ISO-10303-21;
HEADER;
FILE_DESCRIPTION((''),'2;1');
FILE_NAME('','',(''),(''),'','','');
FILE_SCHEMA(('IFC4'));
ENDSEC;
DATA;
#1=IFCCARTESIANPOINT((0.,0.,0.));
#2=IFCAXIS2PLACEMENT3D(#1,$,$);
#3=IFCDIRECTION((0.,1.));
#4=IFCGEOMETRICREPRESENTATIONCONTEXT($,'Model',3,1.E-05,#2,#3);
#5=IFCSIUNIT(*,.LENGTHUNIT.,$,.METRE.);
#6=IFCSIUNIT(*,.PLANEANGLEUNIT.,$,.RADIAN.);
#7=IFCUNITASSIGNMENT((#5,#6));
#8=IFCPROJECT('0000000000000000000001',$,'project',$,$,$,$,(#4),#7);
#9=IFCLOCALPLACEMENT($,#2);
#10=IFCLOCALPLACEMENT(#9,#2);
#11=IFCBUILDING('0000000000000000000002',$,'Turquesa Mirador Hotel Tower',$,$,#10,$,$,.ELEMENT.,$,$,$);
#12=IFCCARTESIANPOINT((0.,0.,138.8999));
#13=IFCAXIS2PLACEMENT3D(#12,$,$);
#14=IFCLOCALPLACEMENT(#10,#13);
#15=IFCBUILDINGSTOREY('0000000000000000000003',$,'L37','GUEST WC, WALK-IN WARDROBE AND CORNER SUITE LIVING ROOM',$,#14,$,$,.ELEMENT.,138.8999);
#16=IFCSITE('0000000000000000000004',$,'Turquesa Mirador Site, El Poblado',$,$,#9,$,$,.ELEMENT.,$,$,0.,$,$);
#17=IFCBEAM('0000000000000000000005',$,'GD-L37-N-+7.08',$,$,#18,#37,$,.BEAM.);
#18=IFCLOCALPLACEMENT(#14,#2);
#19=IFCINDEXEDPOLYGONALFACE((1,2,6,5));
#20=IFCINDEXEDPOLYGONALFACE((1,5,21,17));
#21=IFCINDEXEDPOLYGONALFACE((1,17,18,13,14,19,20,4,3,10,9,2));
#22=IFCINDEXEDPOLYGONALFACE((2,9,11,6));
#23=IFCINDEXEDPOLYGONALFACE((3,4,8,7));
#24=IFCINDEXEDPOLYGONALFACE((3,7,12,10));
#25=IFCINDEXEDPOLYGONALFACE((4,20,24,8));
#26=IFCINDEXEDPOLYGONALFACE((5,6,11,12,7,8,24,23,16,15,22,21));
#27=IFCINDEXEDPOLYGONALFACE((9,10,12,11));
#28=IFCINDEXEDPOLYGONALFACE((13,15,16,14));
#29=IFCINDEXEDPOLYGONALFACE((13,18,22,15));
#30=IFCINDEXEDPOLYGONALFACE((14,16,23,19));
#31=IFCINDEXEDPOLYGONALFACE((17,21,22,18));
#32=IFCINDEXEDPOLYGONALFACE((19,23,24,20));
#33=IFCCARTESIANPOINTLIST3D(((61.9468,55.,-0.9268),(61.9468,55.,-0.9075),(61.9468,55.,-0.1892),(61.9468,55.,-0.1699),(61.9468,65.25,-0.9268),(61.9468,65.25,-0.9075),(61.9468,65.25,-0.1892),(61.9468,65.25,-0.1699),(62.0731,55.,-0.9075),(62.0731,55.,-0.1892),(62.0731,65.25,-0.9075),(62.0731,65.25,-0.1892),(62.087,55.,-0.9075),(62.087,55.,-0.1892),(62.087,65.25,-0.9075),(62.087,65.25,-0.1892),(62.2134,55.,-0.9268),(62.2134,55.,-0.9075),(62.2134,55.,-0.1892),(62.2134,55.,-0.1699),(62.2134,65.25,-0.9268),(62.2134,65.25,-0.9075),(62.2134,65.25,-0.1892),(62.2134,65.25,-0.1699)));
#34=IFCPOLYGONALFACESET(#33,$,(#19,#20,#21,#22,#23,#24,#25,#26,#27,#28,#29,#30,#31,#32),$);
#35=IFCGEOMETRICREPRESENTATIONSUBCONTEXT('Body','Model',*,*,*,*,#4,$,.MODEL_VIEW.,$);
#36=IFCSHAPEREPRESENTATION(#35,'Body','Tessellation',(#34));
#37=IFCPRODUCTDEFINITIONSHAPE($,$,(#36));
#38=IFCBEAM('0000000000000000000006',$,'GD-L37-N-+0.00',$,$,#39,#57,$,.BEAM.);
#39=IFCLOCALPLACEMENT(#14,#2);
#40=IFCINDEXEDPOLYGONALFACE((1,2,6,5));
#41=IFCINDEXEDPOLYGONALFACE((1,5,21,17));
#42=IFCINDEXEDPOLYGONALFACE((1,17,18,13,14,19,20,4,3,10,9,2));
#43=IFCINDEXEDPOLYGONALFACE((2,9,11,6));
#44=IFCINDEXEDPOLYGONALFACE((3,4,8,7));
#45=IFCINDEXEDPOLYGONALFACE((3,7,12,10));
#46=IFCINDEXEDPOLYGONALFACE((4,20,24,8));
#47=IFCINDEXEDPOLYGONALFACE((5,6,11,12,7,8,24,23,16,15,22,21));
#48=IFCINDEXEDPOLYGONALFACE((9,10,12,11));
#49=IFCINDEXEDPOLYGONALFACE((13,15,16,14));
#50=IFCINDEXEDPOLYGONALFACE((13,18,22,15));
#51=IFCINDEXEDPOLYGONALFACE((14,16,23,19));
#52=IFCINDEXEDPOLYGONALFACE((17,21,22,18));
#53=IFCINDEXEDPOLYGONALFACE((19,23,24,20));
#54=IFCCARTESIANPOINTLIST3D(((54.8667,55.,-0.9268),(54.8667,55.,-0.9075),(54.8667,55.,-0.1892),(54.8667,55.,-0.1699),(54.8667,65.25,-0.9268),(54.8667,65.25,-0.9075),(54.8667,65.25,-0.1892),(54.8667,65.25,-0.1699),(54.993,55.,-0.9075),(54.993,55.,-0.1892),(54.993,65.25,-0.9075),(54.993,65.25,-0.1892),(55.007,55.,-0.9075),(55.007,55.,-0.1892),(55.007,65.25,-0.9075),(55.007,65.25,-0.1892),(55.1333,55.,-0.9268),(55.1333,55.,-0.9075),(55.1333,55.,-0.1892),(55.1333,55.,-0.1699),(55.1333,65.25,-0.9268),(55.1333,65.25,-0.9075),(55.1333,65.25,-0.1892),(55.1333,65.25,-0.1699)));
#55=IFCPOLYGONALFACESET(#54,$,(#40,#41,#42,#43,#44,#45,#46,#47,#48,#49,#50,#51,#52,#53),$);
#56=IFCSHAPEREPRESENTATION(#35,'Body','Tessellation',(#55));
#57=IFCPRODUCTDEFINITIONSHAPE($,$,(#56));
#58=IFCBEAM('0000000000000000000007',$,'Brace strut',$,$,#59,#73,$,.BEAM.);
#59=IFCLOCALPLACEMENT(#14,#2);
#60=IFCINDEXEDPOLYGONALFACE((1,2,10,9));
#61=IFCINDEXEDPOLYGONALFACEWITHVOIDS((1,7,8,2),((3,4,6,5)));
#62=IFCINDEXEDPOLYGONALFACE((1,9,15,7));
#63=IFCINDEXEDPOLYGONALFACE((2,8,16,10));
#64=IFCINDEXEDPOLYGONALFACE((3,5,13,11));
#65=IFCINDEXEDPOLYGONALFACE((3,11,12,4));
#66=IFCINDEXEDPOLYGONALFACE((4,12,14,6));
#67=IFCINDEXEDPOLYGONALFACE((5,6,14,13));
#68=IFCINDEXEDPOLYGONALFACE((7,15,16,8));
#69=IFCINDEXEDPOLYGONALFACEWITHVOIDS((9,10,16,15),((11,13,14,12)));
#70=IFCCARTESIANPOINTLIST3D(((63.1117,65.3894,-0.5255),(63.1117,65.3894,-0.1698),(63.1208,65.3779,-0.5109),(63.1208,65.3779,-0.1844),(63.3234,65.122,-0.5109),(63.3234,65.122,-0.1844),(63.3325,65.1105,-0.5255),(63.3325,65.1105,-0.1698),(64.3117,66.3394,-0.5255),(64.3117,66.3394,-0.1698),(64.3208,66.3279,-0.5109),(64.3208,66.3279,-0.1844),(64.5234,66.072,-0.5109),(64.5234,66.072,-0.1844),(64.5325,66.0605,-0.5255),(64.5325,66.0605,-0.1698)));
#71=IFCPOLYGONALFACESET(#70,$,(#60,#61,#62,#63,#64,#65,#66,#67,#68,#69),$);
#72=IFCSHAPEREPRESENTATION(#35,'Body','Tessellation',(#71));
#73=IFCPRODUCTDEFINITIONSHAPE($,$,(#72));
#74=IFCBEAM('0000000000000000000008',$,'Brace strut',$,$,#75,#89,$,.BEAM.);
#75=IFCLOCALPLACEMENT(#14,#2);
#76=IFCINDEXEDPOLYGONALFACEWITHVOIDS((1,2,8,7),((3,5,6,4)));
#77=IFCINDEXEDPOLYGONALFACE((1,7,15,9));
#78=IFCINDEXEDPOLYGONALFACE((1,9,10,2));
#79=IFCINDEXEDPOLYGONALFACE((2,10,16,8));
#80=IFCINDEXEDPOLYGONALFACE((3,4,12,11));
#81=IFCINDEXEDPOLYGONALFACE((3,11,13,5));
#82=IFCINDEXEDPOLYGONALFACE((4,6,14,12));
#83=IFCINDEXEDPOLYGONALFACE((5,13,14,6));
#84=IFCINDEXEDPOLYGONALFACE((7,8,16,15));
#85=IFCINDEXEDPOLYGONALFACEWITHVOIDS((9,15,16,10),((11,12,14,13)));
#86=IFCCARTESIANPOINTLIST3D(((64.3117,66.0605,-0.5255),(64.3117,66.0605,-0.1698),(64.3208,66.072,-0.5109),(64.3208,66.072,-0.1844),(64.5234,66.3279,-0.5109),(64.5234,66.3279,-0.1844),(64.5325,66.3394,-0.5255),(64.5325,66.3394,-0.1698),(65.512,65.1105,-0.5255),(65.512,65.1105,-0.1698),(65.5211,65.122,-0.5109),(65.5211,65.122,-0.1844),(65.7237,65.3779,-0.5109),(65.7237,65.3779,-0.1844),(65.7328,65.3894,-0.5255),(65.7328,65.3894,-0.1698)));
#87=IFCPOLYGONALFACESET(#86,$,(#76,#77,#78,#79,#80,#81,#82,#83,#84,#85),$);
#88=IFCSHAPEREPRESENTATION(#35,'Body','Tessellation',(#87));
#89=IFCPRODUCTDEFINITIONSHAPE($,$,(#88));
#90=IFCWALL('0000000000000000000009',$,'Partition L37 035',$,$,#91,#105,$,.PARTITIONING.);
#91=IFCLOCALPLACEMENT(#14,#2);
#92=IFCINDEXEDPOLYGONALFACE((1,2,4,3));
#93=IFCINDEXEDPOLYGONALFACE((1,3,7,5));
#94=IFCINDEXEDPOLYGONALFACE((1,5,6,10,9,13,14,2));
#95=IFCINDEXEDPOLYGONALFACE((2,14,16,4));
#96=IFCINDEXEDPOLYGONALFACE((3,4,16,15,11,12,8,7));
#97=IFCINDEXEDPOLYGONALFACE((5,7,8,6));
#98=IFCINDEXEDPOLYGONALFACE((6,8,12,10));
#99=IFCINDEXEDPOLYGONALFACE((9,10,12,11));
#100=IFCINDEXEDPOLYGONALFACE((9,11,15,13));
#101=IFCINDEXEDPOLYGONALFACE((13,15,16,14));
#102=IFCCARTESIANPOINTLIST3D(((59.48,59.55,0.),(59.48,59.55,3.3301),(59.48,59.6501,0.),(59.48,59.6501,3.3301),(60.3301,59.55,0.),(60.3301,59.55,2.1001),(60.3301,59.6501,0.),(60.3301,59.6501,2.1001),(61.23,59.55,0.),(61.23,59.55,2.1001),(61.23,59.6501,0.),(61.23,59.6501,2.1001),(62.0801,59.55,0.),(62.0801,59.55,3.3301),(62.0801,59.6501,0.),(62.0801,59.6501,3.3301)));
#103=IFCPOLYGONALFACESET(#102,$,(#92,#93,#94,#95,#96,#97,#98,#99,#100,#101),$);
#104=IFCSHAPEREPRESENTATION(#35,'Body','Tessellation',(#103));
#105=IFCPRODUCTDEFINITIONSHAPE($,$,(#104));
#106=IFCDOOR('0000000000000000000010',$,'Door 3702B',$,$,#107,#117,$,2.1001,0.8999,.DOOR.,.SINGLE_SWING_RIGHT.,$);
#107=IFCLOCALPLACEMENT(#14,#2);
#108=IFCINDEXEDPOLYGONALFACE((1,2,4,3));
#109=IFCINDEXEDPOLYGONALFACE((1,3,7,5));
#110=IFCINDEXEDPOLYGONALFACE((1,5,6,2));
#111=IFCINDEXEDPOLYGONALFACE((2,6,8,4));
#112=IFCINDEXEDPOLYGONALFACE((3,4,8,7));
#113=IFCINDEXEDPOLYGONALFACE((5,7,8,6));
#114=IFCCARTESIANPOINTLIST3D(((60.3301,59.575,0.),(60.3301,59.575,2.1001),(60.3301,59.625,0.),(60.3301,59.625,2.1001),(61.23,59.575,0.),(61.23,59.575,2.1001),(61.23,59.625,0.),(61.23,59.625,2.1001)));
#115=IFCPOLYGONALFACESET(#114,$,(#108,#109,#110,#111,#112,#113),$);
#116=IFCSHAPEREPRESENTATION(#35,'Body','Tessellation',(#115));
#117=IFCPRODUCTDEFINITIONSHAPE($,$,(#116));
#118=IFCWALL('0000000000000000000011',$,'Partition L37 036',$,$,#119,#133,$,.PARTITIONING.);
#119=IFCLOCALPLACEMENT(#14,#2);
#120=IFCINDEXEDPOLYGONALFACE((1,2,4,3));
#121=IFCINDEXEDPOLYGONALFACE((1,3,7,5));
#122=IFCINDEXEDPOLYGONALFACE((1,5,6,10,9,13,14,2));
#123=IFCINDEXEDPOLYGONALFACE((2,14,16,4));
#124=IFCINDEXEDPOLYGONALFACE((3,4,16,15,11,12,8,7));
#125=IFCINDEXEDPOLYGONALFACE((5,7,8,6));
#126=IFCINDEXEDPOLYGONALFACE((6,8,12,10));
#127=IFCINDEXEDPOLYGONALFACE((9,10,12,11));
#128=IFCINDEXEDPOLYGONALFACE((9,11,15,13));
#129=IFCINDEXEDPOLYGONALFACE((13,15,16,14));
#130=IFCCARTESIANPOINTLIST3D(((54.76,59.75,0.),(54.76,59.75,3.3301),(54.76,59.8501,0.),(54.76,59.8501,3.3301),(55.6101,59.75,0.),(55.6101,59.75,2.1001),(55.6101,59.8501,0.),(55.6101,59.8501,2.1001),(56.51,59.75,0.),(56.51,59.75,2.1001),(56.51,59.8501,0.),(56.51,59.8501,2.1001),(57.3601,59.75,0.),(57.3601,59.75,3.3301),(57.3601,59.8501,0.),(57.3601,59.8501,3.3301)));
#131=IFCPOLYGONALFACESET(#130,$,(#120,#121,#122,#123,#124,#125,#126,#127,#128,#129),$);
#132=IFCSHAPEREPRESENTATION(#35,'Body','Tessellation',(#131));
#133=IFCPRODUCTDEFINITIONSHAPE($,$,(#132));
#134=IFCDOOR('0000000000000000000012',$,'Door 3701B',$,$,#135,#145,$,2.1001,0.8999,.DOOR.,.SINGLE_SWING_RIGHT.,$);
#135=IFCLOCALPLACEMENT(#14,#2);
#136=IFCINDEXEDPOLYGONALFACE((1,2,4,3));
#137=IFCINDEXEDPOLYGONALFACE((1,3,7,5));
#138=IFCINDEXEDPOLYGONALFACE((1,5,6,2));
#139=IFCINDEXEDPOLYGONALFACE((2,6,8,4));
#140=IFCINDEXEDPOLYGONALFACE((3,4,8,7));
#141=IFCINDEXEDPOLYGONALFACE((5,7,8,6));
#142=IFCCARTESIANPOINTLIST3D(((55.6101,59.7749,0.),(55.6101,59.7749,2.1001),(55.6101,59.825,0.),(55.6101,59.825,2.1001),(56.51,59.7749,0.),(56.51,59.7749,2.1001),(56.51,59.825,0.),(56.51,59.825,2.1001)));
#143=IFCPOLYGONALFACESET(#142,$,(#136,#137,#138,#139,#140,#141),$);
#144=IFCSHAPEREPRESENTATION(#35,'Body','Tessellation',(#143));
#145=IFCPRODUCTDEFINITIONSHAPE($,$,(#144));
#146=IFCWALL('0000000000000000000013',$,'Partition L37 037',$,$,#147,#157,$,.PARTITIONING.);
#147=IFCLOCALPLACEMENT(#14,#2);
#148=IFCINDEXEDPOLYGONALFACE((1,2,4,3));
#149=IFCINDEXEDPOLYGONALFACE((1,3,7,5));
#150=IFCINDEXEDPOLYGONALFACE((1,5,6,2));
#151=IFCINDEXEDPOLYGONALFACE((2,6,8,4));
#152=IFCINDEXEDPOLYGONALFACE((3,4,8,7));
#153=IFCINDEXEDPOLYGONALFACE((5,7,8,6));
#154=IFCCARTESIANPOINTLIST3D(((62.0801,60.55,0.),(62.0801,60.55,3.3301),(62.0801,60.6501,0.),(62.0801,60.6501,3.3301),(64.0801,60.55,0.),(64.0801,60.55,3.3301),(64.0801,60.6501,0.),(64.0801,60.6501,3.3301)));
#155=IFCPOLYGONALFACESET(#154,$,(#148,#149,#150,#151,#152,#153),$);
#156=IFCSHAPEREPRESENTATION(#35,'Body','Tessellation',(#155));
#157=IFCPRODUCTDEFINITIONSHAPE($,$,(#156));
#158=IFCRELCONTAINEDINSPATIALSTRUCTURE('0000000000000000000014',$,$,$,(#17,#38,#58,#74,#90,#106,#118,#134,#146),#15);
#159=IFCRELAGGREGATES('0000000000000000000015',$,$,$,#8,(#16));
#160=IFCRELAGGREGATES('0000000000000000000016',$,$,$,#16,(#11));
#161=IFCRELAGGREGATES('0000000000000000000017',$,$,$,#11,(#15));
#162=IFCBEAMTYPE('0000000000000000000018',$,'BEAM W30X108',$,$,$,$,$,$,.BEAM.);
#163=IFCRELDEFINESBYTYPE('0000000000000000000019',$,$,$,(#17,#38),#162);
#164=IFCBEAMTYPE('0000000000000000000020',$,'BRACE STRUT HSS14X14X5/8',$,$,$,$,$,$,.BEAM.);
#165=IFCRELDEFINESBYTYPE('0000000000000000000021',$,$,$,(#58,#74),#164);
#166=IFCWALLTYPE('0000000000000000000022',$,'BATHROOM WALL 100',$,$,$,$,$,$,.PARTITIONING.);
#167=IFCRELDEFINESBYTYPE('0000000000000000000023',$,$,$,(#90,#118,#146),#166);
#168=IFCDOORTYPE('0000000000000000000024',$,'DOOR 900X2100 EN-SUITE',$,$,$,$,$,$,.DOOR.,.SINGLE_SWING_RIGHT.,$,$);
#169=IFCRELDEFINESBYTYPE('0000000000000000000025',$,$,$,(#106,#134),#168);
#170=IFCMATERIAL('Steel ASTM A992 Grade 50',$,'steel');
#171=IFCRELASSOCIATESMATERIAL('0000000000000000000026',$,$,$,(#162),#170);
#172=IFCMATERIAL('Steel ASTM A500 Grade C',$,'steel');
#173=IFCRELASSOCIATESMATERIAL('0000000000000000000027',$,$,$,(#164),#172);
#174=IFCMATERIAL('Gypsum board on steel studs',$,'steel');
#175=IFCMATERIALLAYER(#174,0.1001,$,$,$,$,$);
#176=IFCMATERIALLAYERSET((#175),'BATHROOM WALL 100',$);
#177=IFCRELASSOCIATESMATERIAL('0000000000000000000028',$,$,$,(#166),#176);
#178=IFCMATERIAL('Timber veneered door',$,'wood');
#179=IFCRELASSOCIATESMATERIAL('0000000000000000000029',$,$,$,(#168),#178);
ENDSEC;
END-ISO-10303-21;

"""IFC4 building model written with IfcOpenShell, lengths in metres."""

from ifc_helpers import new_model, si_unit, direction, frame, frame_2d, origin, origin_2d, place, context, subcontext, project, spatial, rectangle, hollow_rectangle, i_section, extrude, material, layer, layer_set, material_profile, profile_set, type_object, element, fill, save


model = new_model("IFC4")

# Units and contexts
model_context = context("Model", 3, precision=1e-05, world=origin(), true_north=direction((0.0, 1.0)))
body_context = subcontext(model_context, "Body", "Model", "MODEL_VIEW")
ifc_project = project(units=[si_unit("LENGTHUNIT", "METRE"), si_unit("PLANEANGLEUNIT", "RADIAN")], contexts=[model_context])

# Site, building, storey
site_placement = place(None, origin())
site = spatial("IfcSite", under=ifc_project, at=site_placement, Name="Turquesa Mirador Site, El Poblado", CompositionType="ELEMENT", RefElevation=0.0)
building_placement = place(site_placement, origin())
building = spatial("IfcBuilding", under=site, at=building_placement, Name="Turquesa Mirador Hotel Tower", CompositionType="ELEMENT")
storey_placement = place(building_placement, frame((0.0, 0.0, 138.8999)))
storey = spatial("IfcBuildingStorey", under=building, at=storey_placement, Name="L37", Description="GUEST WC, WALK-IN WARDROBE AND CORNER SUITE LIVING ROOM", CompositionType="ELEMENT", Elevation=138.8999)

# Beams
ifc_material_1 = material(Name="Steel ASTM A992 Grade 50", Category="steel")
ifc_material_profile_1 = material_profile(ifc_material_1, i_section(OverallWidth=0.2666, OverallDepth=0.7568, WebThickness=0.0139, FlangeThickness=0.0193, at=origin_2d()), Name="W30X108")
ifc_profile_set_1 = profile_set([ifc_material_profile_1], Name="Steel ASTM A992 Grade 50")
beam_type_1 = type_object("IfcBeamType", Name="BEAM W30X108", PredefinedType="BEAM", material=ifc_profile_set_1)
for number, where, z_axis, x_axis, name in (
    (1, (62.0801, 65.25, -0.5483), (0.0, -1.0, 0.0), (1.0, 0.0, 0.0), "GD-L37-N-+7.08"),
    (2, (55.0, 65.25, -0.5483), (0.0, -1.0, 0.0), (1.0, 0.0, 0.0), "GD-L37-N-+0.00"),
):
    element("IfcBeam", number, at=place(storey_placement, frame(where, z_axis=z_axis, x_axis=x_axis)), inside=storey, type_object=beam_type_1, Name=name, PredefinedType="BEAM", context=body_context, shape_type="SweptSolid", body=[
        extrude(i_section(OverallWidth=0.2666, OverallDepth=0.7568, WebThickness=0.0139, FlangeThickness=0.0193, at=origin_2d()), origin(), (0.0, 0.0, 1.0), 10.25),
    ])
ifc_material_2 = material(Name="Steel ASTM A500 Grade C", Category="steel")
ifc_material_profile_2 = material_profile(ifc_material_2, hollow_rectangle(XDim=0.3557, YDim=0.3557, WallThickness=0.0146, at=origin_2d()), Name="HSS14X14X5/8")
ifc_profile_set_2 = profile_set([ifc_material_profile_2], Name="Steel ASTM A500 Grade C")
beam_type_2 = type_object("IfcBeamType", Name="BRACE STRUT HSS14X14X5/8", PredefinedType="BEAM", material=ifc_profile_set_2)
beam_1_placement = place(storey_placement, frame((64.4221, 66.2, -0.3477), z_axis=(-0.784049, -0.620699, 0.0), x_axis=(0.620699, -0.784049, 0.0)))
element("IfcBeam", 3, at=beam_1_placement, inside=storey, type_object=beam_type_2, Name="Brace strut", PredefinedType="BEAM", context=body_context, shape_type="SweptSolid", body=[
    extrude(hollow_rectangle(XDim=0.3557, YDim=0.3557, WallThickness=0.0146, at=origin_2d()), origin(), (0.0, 0.0, 1.0), 1.5305),
])
beam_2_placement = place(storey_placement, frame((64.4221, 66.2, -0.3477), z_axis=(0.784111, -0.620621, 0.0), x_axis=(0.620621, 0.784111, 0.0)))
element("IfcBeam", 4, at=beam_2_placement, inside=storey, type_object=beam_type_2, Name="Brace strut", PredefinedType="BEAM", context=body_context, shape_type="SweptSolid", body=[
    extrude(hollow_rectangle(XDim=0.3557, YDim=0.3557, WallThickness=0.0146, at=origin_2d()), origin(), (0.0, 0.0, 1.0), 1.5308),
])

# Walls, openings, doors
ifc_material_3 = material(Name="Gypsum board on steel studs", Category="steel")
ifc_layer_1 = layer(ifc_material_3, 0.1001)
ifc_layer_set_1 = layer_set([ifc_layer_1], Name="BATHROOM WALL 100")
wall_type_1 = type_object("IfcWallType", Name="BATHROOM WALL 100", PredefinedType="PARTITIONING", material=ifc_layer_set_1)
wall_1_placement = place(storey_placement, frame((59.48, 59.6001, 0.0), z_axis=(0.0, 0.0, 1.0), x_axis=(1.0, 0.0, 0.0)))
wall_1 = element("IfcWall", 5, at=wall_1_placement, inside=storey, type_object=wall_type_1, Name="Partition L37 035", PredefinedType="PARTITIONING", context=body_context, shape_type="SweptSolid", body=[
    extrude(rectangle(XDim=2.6001, YDim=0.1001, at=frame_2d((1.3, 0.0))), origin(), (0.0, 0.0, 1.0), 3.3301),
])
opening_1_placement = place(wall_1_placement, frame((0.8501, 0.0, 0.0)))
opening_1 = element("IfcOpeningElement", 6, at=opening_1_placement, cuts=wall_1, PredefinedType="OPENING", context=body_context, shape_type="SweptSolid", body=[
    extrude(rectangle(XDim=0.8999, YDim=2.1001, at=frame_2d((0.45, 1.05))), frame((0.0, 0.0601, 0.0), z_axis=(0.0, -1.0, 0.0), x_axis=(1.0, 0.0, 0.0)), (0.0, 0.0, 1.0), 0.1201),
])
ifc_material_4 = material(Name="Timber veneered door", Category="wood")
door_type_1 = type_object("IfcDoorType", Name="DOOR 900X2100 EN-SUITE", OperationType="SINGLE_SWING_RIGHT", PredefinedType="DOOR", material=ifc_material_4)
door_1_placement = place(opening_1_placement, origin())
door_1 = element("IfcDoor", 7, at=door_1_placement, inside=storey, type_object=door_type_1, Name="Door 3702B", OperationType="SINGLE_SWING_RIGHT", OverallHeight=2.1001, OverallWidth=0.8999, PredefinedType="DOOR", context=body_context, shape_type="SweptSolid", body=[
    extrude(rectangle(XDim=0.8999, YDim=2.1001, at=frame_2d((0.45, 1.05))), frame((0.0, 0.0249, 0.0), z_axis=(0.0, -1.0, 0.0), x_axis=(1.0, 0.0, 0.0)), (0.0, 0.0, 1.0), 0.05),
])
fill(opening_1, door_1)
wall_2_placement = place(storey_placement, frame((54.76, 59.8, 0.0), z_axis=(0.0, 0.0, 1.0), x_axis=(1.0, 0.0, 0.0)))
wall_2 = element("IfcWall", 8, at=wall_2_placement, inside=storey, type_object=wall_type_1, Name="Partition L37 036", PredefinedType="PARTITIONING", context=body_context, shape_type="SweptSolid", body=[
    extrude(rectangle(XDim=2.6001, YDim=0.1001, at=frame_2d((1.3, 0.0))), origin(), (0.0, 0.0, 1.0), 3.3301),
])
opening_2_placement = place(wall_2_placement, frame((0.8501, 0.0, 0.0)))
opening_2 = element("IfcOpeningElement", 9, at=opening_2_placement, cuts=wall_2, PredefinedType="OPENING", context=body_context, shape_type="SweptSolid", body=[
    extrude(rectangle(XDim=0.8999, YDim=2.1001, at=frame_2d((0.45, 1.05))), frame((0.0, 0.0601, 0.0), z_axis=(0.0, -1.0, 0.0), x_axis=(1.0, 0.0, 0.0)), (0.0, 0.0, 1.0), 0.1201),
])
door_2_placement = place(opening_2_placement, origin())
door_2 = element("IfcDoor", 10, at=door_2_placement, inside=storey, type_object=door_type_1, Name="Door 3701B", OperationType="SINGLE_SWING_RIGHT", OverallHeight=2.1001, OverallWidth=0.8999, PredefinedType="DOOR", context=body_context, shape_type="SweptSolid", body=[
    extrude(rectangle(XDim=0.8999, YDim=2.1001, at=frame_2d((0.45, 1.05))), frame((0.0, 0.0249, 0.0), z_axis=(0.0, -1.0, 0.0), x_axis=(1.0, 0.0, 0.0)), (0.0, 0.0, 1.0), 0.05),
])
fill(opening_2, door_2)

# Wall
wall_3_placement = place(storey_placement, frame((62.0801, 60.6001, 0.0), z_axis=(0.0, 0.0, 1.0), x_axis=(1.0, 0.0, 0.0)))
element("IfcWall", 11, at=wall_3_placement, inside=storey, type_object=wall_type_1, Name="Partition L37 037", PredefinedType="PARTITIONING", context=body_context, shape_type="SweptSolid", body=[
    extrude(rectangle(XDim=2.0, YDim=0.1001, at=frame_2d((1.0, 0.0))), origin(), (0.0, 0.0, 1.0), 3.3301),
])

save(model, "model.ifc")
